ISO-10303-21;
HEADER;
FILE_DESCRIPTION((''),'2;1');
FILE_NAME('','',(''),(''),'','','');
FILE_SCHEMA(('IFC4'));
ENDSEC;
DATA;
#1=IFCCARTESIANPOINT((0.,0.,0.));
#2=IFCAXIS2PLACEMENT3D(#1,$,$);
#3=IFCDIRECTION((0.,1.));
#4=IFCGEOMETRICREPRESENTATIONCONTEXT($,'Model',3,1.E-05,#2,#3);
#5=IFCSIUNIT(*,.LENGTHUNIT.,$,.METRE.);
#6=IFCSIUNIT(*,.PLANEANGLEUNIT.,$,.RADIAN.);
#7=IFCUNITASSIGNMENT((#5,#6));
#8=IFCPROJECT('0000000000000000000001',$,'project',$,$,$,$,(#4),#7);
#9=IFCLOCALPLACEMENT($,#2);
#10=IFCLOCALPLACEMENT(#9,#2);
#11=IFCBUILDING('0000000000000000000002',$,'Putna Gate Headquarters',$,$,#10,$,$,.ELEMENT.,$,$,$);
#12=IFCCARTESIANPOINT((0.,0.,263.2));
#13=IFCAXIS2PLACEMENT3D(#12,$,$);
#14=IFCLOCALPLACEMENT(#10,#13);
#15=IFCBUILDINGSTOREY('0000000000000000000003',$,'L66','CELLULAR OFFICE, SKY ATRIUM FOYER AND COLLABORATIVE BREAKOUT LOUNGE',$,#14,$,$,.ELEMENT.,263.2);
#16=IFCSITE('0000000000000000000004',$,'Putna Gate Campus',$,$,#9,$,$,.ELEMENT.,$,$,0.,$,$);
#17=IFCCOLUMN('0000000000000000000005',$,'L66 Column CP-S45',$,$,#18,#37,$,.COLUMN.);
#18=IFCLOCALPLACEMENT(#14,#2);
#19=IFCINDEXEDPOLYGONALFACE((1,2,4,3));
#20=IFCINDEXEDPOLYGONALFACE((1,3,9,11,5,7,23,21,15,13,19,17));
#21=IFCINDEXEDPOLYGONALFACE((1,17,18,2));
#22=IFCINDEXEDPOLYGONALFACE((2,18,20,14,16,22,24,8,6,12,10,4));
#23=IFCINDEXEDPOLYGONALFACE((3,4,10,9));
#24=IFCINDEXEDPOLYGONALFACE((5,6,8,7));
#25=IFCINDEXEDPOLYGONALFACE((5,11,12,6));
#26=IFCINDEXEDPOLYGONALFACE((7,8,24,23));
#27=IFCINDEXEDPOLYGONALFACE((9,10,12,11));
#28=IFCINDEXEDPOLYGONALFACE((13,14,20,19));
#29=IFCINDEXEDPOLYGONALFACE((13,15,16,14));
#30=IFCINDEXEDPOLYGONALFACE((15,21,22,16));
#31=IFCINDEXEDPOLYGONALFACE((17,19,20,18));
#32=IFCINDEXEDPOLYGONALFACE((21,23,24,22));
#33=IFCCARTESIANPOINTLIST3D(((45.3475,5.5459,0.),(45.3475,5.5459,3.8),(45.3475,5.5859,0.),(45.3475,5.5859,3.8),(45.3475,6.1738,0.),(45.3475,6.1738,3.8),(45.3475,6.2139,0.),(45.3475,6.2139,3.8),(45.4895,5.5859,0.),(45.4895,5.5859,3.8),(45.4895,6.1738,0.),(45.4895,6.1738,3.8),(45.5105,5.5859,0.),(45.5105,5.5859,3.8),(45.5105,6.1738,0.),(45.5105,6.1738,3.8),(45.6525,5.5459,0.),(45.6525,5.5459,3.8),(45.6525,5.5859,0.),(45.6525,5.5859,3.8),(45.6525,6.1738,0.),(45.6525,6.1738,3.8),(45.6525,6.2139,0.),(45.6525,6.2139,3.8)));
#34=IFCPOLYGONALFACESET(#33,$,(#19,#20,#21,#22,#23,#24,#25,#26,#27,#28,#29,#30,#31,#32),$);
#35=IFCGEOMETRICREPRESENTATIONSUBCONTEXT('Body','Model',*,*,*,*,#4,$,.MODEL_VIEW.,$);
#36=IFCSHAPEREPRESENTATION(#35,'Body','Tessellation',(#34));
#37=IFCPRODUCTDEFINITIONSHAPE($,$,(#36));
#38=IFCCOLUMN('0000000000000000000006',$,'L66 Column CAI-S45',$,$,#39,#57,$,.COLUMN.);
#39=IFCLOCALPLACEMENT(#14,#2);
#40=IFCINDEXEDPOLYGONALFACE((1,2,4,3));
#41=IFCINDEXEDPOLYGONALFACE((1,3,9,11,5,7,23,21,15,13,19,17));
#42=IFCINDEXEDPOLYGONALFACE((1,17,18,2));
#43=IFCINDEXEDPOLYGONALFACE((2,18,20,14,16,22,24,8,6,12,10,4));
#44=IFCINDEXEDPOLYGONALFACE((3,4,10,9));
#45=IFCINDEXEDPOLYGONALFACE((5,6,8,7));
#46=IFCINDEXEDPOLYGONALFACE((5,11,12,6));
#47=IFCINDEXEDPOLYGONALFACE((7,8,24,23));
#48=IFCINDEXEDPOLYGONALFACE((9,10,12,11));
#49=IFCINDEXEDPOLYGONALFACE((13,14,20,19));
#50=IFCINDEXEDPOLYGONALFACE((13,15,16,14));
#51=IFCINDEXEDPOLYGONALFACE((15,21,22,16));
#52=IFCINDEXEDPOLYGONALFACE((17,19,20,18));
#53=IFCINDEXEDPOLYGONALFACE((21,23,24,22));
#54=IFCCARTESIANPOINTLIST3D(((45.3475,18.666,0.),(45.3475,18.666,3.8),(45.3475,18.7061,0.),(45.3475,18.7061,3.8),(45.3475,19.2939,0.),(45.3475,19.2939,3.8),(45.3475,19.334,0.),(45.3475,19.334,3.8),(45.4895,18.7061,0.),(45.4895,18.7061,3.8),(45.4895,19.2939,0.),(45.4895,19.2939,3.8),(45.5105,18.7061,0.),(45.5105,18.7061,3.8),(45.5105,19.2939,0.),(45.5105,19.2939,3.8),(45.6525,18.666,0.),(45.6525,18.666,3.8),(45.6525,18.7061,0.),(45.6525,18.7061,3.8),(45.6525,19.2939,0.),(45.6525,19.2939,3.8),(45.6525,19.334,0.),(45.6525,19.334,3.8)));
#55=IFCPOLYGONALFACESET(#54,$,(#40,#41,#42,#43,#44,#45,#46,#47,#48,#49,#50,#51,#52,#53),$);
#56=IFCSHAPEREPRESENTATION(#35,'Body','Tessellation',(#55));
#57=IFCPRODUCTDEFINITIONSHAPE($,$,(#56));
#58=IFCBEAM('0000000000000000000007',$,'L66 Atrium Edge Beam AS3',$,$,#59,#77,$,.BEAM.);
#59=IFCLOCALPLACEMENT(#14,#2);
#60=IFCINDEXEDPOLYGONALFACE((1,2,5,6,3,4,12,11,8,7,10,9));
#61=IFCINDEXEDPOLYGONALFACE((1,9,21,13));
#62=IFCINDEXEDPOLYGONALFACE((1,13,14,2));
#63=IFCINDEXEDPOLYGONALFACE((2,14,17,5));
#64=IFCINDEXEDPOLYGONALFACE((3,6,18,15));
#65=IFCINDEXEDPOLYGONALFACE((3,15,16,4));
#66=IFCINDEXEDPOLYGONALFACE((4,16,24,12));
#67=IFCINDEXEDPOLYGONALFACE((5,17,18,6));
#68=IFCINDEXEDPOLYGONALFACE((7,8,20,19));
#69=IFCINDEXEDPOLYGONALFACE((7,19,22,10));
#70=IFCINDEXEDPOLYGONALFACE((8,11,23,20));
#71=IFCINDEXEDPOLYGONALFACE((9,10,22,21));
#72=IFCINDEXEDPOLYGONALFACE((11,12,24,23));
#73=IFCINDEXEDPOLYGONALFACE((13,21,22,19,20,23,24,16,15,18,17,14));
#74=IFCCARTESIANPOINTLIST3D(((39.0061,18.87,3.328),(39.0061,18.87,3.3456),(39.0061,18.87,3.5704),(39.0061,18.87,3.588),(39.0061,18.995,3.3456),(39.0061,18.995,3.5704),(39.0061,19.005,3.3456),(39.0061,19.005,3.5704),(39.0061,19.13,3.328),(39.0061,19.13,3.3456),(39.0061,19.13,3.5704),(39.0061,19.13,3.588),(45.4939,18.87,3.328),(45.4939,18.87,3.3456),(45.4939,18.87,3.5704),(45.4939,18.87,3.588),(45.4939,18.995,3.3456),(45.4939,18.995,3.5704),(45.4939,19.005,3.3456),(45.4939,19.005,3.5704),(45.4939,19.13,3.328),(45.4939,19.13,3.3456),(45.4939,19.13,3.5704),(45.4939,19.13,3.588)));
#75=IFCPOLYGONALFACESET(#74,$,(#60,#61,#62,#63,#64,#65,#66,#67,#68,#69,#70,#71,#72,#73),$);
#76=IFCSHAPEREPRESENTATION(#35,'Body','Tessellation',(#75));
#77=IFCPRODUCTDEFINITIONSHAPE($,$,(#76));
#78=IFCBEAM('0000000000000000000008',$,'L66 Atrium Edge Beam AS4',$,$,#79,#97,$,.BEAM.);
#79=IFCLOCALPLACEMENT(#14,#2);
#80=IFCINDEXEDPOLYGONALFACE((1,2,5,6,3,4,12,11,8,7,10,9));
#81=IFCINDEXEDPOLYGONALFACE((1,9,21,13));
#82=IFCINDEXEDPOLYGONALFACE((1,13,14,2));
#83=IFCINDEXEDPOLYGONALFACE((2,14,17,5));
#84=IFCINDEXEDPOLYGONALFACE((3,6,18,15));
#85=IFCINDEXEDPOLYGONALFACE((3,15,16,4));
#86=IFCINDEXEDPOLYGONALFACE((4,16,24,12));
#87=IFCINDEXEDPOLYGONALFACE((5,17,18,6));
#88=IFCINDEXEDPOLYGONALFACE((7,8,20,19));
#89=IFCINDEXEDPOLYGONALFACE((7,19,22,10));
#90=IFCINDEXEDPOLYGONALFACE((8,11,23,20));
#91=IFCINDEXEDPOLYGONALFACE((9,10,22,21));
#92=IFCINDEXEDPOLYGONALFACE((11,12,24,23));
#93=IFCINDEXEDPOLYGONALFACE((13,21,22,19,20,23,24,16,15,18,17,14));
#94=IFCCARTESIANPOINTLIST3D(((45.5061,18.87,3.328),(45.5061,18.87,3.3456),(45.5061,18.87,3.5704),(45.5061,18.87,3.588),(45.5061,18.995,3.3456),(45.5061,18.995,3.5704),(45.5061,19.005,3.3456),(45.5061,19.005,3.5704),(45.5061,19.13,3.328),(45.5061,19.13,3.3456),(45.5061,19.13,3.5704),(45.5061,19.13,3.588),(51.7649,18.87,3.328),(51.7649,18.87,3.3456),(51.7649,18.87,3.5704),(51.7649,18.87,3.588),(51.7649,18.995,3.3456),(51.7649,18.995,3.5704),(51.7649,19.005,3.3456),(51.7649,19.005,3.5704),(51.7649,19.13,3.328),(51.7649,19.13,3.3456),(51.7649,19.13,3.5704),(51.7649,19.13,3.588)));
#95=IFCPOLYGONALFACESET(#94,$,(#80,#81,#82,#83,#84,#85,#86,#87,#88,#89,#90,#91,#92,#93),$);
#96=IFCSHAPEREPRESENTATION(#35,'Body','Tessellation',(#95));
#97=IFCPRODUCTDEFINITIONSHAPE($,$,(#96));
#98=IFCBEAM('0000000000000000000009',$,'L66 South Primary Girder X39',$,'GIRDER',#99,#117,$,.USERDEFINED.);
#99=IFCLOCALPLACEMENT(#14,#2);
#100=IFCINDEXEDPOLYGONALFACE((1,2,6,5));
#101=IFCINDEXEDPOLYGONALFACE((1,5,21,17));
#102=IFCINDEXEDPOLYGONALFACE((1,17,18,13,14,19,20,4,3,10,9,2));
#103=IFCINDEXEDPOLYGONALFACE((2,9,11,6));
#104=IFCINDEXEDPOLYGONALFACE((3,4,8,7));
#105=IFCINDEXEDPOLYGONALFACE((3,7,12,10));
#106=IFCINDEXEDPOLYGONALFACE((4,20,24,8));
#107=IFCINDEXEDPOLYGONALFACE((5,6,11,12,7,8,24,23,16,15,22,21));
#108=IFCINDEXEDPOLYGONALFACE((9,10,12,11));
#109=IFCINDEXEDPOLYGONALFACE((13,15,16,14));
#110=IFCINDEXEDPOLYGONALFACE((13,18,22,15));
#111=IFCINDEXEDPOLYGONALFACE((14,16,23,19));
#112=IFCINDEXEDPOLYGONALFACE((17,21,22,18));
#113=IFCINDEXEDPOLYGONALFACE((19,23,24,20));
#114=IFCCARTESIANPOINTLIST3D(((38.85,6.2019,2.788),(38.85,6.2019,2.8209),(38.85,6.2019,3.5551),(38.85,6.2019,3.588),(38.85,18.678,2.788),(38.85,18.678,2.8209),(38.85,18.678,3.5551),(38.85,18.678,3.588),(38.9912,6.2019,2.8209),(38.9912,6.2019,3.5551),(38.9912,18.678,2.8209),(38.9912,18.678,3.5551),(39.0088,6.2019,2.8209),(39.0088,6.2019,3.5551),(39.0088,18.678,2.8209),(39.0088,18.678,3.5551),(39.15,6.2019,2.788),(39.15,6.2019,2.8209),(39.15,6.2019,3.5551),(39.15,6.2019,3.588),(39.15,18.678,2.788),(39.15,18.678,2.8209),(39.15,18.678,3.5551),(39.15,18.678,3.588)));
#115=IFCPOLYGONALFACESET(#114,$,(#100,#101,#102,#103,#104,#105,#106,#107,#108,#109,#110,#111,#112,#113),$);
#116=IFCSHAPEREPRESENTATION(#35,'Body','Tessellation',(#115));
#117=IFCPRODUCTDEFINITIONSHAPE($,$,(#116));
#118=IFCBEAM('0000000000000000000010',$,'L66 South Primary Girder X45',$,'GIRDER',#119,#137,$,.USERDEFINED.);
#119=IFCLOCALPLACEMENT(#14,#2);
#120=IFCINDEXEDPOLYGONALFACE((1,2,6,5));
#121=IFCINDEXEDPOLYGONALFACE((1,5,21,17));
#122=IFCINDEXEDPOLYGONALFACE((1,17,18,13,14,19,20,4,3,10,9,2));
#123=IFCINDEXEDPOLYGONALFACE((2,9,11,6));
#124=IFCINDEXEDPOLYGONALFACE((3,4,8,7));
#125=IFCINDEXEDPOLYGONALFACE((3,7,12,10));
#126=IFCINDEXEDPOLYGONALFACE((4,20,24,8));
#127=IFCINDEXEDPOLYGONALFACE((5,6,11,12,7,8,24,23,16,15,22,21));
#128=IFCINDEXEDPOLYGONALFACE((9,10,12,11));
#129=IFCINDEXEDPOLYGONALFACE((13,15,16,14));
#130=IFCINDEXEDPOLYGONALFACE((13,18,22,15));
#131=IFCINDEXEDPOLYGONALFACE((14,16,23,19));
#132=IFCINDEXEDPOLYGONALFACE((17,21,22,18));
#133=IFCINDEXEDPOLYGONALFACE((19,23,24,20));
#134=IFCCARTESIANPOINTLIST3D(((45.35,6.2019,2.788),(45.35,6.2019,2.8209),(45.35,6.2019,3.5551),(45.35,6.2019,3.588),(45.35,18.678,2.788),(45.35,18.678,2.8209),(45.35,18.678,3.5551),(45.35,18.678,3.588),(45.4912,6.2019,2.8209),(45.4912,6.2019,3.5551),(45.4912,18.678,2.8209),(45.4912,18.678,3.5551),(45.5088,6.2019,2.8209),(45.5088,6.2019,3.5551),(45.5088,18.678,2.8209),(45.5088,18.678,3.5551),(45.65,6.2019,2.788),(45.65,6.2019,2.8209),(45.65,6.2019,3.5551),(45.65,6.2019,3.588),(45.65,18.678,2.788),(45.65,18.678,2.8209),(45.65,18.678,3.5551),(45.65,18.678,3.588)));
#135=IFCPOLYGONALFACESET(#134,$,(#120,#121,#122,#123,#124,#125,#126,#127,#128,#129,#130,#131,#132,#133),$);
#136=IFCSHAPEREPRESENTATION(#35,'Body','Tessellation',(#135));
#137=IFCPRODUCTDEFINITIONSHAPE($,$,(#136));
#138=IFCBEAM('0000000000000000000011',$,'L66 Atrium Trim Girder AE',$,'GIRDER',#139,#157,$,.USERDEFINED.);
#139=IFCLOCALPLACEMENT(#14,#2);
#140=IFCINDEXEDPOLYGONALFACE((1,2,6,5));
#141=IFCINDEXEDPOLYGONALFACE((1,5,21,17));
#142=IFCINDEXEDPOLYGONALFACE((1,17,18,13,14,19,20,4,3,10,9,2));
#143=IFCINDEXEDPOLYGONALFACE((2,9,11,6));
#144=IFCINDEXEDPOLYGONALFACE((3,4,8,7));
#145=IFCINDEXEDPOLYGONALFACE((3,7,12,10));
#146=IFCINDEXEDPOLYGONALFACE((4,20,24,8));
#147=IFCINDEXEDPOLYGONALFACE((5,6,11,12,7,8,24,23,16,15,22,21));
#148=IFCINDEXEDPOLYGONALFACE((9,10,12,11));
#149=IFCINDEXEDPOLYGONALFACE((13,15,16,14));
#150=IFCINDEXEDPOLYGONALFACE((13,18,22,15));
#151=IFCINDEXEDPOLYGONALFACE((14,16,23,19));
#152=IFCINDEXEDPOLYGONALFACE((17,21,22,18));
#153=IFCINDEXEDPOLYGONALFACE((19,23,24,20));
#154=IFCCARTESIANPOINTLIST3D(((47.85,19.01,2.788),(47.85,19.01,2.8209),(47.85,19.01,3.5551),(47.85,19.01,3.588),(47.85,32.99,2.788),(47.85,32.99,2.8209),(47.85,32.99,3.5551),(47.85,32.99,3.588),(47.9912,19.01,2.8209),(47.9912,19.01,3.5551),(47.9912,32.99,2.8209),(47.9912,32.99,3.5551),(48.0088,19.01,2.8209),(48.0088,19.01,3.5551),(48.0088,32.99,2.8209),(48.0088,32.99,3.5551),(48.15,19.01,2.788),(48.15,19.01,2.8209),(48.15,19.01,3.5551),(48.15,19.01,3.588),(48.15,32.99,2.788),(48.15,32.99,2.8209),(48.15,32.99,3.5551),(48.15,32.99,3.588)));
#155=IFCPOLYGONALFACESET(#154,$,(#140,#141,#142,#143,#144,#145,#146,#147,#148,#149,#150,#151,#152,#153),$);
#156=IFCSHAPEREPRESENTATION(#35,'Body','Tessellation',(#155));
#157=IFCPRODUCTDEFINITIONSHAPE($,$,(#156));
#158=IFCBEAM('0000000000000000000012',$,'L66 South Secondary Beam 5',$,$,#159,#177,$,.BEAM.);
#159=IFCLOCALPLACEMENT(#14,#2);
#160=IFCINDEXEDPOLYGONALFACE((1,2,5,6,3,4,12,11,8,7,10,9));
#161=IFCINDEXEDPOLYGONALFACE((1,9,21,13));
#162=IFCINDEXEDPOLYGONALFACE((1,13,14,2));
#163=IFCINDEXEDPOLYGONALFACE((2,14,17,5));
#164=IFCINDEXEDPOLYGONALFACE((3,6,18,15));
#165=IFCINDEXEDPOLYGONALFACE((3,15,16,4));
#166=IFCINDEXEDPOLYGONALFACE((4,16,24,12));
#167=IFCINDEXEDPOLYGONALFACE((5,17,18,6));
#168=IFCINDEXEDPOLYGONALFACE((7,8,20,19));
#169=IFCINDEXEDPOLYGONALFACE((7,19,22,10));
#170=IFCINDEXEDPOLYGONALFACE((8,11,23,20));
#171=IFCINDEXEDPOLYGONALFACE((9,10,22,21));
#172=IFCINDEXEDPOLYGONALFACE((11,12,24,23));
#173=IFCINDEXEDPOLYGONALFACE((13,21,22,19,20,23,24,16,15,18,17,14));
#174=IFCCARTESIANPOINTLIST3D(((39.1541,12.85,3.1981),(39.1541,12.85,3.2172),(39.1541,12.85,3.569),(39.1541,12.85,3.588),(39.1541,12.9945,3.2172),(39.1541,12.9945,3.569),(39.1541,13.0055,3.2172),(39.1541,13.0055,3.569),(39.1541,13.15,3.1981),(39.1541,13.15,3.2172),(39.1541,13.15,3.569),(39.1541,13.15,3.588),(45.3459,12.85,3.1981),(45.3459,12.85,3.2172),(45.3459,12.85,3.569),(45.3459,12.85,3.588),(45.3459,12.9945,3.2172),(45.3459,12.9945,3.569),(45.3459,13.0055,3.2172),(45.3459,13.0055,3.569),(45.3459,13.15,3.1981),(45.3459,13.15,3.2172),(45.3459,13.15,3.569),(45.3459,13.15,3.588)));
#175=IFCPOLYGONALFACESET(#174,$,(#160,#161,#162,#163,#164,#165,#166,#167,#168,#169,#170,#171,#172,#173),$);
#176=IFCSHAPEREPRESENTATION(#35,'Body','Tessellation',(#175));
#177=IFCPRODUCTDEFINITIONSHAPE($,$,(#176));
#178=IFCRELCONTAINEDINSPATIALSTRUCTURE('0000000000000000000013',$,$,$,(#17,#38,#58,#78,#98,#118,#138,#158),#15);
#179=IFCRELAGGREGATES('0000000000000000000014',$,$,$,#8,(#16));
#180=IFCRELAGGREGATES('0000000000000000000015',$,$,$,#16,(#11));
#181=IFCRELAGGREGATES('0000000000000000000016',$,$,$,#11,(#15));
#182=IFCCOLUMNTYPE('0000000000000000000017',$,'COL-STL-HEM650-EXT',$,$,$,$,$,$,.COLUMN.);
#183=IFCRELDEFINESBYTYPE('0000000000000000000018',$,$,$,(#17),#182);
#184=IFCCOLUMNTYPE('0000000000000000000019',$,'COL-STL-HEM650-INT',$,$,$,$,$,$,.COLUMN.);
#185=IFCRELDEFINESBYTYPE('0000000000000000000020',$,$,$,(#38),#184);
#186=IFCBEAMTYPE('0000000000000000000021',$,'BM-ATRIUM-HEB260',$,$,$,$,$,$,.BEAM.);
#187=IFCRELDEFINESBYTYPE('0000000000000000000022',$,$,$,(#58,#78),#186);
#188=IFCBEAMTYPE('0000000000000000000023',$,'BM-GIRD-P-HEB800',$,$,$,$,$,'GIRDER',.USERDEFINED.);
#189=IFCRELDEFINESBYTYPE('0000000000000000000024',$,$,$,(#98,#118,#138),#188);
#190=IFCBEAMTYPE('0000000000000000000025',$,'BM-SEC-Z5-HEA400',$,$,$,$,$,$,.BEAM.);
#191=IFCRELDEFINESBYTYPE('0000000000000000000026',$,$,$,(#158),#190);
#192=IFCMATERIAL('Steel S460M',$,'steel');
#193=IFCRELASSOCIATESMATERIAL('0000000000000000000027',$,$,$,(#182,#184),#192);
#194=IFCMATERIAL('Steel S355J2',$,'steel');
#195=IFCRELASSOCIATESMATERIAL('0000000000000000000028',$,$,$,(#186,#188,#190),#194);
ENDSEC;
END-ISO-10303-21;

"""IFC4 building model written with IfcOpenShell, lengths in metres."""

from ifc_helpers import new_model, si_unit, direction, frame, origin, origin_2d, place, context, subcontext, project, spatial, i_section, extrude, material, material_profile, profile_set, type_object, element, save


model = new_model("IFC4")

# Units and contexts
model_context = context("Model", 3, precision=1e-05, world=origin(), true_north=direction((0.0, 1.0)))
body_context = subcontext(model_context, "Body", "Model", "MODEL_VIEW")
ifc_project = project(units=[si_unit("LENGTHUNIT", "METRE"), si_unit("PLANEANGLEUNIT", "RADIAN")], contexts=[model_context])

# Site, building, storey
site_placement = place(None, origin())
site = spatial("IfcSite", under=ifc_project, at=site_placement, Name="Putna Gate Campus", CompositionType="ELEMENT", RefElevation=0.0)
building_placement = place(site_placement, origin())
building = spatial("IfcBuilding", under=site, at=building_placement, Name="Putna Gate Headquarters", CompositionType="ELEMENT")
storey_placement = place(building_placement, frame((0.0, 0.0, 263.2)))
storey = spatial("IfcBuildingStorey", under=building, at=storey_placement, Name="L66", Description="CELLULAR OFFICE, SKY ATRIUM FOYER AND COLLABORATIVE BREAKOUT LOUNGE", CompositionType="ELEMENT", Elevation=263.2)

# Columns
ifc_material_1 = material(Name="Steel S460M", Category="steel")
ifc_material_profile_1 = material_profile(ifc_material_1, i_section(OverallWidth=0.3049, OverallDepth=0.668, WebThickness=0.021, FlangeThickness=0.04, at=origin_2d()), Name="Steel S460M")
ifc_profile_set_1 = profile_set([ifc_material_profile_1], Name="Steel S460M")
column_type_1 = type_object("IfcColumnType", Name="COL-STL-HEM650-EXT", PredefinedType="COLUMN", material=ifc_profile_set_1)
column_1_placement = place(storey_placement, frame((45.5, 5.8799, 0.0), z_axis=(0.0, 0.0, 1.0), x_axis=(1.0, 0.0, 0.0)))
element("IfcColumn", 1, at=column_1_placement, inside=storey, type_object=column_type_1, Name="L66 Column CP-S45", PredefinedType="COLUMN", context=body_context, shape_type="SweptSolid", body=[
    extrude(i_section(OverallWidth=0.3049, OverallDepth=0.668, WebThickness=0.021, FlangeThickness=0.04, at=origin_2d()), origin(), (0.0, 0.0, 1.0), 3.8),
])
ifc_material_profile_2 = material_profile(ifc_material_1, i_section(OverallWidth=0.3049, OverallDepth=0.668, WebThickness=0.021, FlangeThickness=0.04, at=origin_2d()), Name="Steel S460M")
ifc_profile_set_2 = profile_set([ifc_material_profile_2], Name="Steel S460M")
column_type_2 = type_object("IfcColumnType", Name="COL-STL-HEM650-INT", PredefinedType="COLUMN", material=ifc_profile_set_2)
column_2_placement = place(storey_placement, frame((45.5, 19.0, 0.0), z_axis=(0.0, 0.0, 1.0), x_axis=(1.0, 0.0, 0.0)))
element("IfcColumn", 2, at=column_2_placement, inside=storey, type_object=column_type_2, Name="L66 Column CAI-S45", PredefinedType="COLUMN", context=body_context, shape_type="SweptSolid", body=[
    extrude(i_section(OverallWidth=0.3049, OverallDepth=0.668, WebThickness=0.021, FlangeThickness=0.04, at=origin_2d()), origin(), (0.0, 0.0, 1.0), 3.8),
])

# Beams
ifc_material_2 = material(Name="Steel S355J2", Category="steel")
ifc_material_profile_3 = material_profile(ifc_material_2, i_section(OverallWidth=0.26, OverallDepth=0.26, WebThickness=0.01, FlangeThickness=0.0176, at=origin_2d()), Name="Steel S355J2")
ifc_profile_set_3 = profile_set([ifc_material_profile_3], Name="Steel S355J2")
beam_type_1 = type_object("IfcBeamType", Name="BM-ATRIUM-HEB260", PredefinedType="BEAM", material=ifc_profile_set_3)
beam_1_placement = place(storey_placement, frame((39.0061, 19.0, 3.458), z_axis=(1.0, 0.0, 0.0), x_axis=(0.0, 1.0, 0.0)))
element("IfcBeam", 3, at=beam_1_placement, inside=storey, type_object=beam_type_1, Name="L66 Atrium Edge Beam AS3", PredefinedType="BEAM", context=body_context, shape_type="SweptSolid", body=[
    extrude(i_section(OverallWidth=0.26, OverallDepth=0.26, WebThickness=0.01, FlangeThickness=0.0176, at=origin_2d()), origin(), (0.0, 0.0, 1.0), 6.4878),
])
beam_2_placement = place(storey_placement, frame((45.5061, 19.0, 3.458), z_axis=(1.0, 0.0, 0.0), x_axis=(0.0, 1.0, 0.0)))
element("IfcBeam", 4, at=beam_2_placement, inside=storey, type_object=beam_type_1, Name="L66 Atrium Edge Beam AS4", PredefinedType="BEAM", context=body_context, shape_type="SweptSolid", body=[
    extrude(i_section(OverallWidth=0.26, OverallDepth=0.26, WebThickness=0.01, FlangeThickness=0.0176, at=origin_2d()), origin(), (0.0, 0.0, 1.0), 6.2588),
])
ifc_material_profile_4 = material_profile(ifc_material_2, i_section(OverallWidth=0.3, OverallDepth=0.8, WebThickness=0.0176, FlangeThickness=0.033, at=origin_2d()), Name="Steel S355J2")
ifc_profile_set_4 = profile_set([ifc_material_profile_4], Name="Steel S355J2")
beam_type_2 = type_object("IfcBeamType", Name="BM-GIRD-P-HEB800", ElementType="GIRDER", PredefinedType="USERDEFINED", material=ifc_profile_set_4)
for number, where, z_axis, x_axis, name in (
    (5, (39.0, 6.2019, 3.188), (0.0, 1.0, 0.0), (-1.0, 0.0, 0.0), "L66 South Primary Girder X39"),
    (6, (45.5, 6.2019, 3.188), (0.0, 1.0, 0.0), (-1.0, 0.0, 0.0), "L66 South Primary Girder X45"),
):
    element("IfcBeam", number, at=place(storey_placement, frame(where, z_axis=z_axis, x_axis=x_axis)), inside=storey, type_object=beam_type_2, Name=name, ObjectType="GIRDER", PredefinedType="USERDEFINED", context=body_context, shape_type="SweptSolid", body=[
        extrude(i_section(OverallWidth=0.3, OverallDepth=0.8, WebThickness=0.0176, FlangeThickness=0.033, at=origin_2d()), origin(), (0.0, 0.0, 1.0), 12.4761),
    ])
beam_3_placement = place(storey_placement, frame((48.0, 19.01, 3.188), z_axis=(0.0, 1.0, 0.0), x_axis=(-1.0, 0.0, 0.0)))
element("IfcBeam", 7, at=beam_3_placement, inside=storey, type_object=beam_type_2, Name="L66 Atrium Trim Girder AE", ObjectType="GIRDER", PredefinedType="USERDEFINED", context=body_context, shape_type="SweptSolid", body=[
    extrude(i_section(OverallWidth=0.3, OverallDepth=0.8, WebThickness=0.0176, FlangeThickness=0.033, at=origin_2d()), origin(), (0.0, 0.0, 1.0), 13.98),
])
ifc_material_profile_5 = material_profile(ifc_material_2, i_section(OverallWidth=0.3, OverallDepth=0.3899, WebThickness=0.011, FlangeThickness=0.019, at=origin_2d()), Name="Steel S355J2")
ifc_profile_set_5 = profile_set([ifc_material_profile_5], Name="Steel S355J2")
beam_type_3 = type_object("IfcBeamType", Name="BM-SEC-Z5-HEA400", PredefinedType="BEAM", material=ifc_profile_set_5)
beam_4_placement = place(storey_placement, frame((39.1541, 13.0, 3.3931), z_axis=(1.0, 0.0, 0.0), x_axis=(0.0, 1.0, 0.0)))
element("IfcBeam", 8, at=beam_4_placement, inside=storey, type_object=beam_type_3, Name="L66 South Secondary Beam 5", PredefinedType="BEAM", context=body_context, shape_type="SweptSolid", body=[
    extrude(i_section(OverallWidth=0.3, OverallDepth=0.3899, WebThickness=0.011, FlangeThickness=0.019, at=origin_2d()), origin(), (0.0, 0.0, 1.0), 6.1919),
])

save(model, "model.ifc")
